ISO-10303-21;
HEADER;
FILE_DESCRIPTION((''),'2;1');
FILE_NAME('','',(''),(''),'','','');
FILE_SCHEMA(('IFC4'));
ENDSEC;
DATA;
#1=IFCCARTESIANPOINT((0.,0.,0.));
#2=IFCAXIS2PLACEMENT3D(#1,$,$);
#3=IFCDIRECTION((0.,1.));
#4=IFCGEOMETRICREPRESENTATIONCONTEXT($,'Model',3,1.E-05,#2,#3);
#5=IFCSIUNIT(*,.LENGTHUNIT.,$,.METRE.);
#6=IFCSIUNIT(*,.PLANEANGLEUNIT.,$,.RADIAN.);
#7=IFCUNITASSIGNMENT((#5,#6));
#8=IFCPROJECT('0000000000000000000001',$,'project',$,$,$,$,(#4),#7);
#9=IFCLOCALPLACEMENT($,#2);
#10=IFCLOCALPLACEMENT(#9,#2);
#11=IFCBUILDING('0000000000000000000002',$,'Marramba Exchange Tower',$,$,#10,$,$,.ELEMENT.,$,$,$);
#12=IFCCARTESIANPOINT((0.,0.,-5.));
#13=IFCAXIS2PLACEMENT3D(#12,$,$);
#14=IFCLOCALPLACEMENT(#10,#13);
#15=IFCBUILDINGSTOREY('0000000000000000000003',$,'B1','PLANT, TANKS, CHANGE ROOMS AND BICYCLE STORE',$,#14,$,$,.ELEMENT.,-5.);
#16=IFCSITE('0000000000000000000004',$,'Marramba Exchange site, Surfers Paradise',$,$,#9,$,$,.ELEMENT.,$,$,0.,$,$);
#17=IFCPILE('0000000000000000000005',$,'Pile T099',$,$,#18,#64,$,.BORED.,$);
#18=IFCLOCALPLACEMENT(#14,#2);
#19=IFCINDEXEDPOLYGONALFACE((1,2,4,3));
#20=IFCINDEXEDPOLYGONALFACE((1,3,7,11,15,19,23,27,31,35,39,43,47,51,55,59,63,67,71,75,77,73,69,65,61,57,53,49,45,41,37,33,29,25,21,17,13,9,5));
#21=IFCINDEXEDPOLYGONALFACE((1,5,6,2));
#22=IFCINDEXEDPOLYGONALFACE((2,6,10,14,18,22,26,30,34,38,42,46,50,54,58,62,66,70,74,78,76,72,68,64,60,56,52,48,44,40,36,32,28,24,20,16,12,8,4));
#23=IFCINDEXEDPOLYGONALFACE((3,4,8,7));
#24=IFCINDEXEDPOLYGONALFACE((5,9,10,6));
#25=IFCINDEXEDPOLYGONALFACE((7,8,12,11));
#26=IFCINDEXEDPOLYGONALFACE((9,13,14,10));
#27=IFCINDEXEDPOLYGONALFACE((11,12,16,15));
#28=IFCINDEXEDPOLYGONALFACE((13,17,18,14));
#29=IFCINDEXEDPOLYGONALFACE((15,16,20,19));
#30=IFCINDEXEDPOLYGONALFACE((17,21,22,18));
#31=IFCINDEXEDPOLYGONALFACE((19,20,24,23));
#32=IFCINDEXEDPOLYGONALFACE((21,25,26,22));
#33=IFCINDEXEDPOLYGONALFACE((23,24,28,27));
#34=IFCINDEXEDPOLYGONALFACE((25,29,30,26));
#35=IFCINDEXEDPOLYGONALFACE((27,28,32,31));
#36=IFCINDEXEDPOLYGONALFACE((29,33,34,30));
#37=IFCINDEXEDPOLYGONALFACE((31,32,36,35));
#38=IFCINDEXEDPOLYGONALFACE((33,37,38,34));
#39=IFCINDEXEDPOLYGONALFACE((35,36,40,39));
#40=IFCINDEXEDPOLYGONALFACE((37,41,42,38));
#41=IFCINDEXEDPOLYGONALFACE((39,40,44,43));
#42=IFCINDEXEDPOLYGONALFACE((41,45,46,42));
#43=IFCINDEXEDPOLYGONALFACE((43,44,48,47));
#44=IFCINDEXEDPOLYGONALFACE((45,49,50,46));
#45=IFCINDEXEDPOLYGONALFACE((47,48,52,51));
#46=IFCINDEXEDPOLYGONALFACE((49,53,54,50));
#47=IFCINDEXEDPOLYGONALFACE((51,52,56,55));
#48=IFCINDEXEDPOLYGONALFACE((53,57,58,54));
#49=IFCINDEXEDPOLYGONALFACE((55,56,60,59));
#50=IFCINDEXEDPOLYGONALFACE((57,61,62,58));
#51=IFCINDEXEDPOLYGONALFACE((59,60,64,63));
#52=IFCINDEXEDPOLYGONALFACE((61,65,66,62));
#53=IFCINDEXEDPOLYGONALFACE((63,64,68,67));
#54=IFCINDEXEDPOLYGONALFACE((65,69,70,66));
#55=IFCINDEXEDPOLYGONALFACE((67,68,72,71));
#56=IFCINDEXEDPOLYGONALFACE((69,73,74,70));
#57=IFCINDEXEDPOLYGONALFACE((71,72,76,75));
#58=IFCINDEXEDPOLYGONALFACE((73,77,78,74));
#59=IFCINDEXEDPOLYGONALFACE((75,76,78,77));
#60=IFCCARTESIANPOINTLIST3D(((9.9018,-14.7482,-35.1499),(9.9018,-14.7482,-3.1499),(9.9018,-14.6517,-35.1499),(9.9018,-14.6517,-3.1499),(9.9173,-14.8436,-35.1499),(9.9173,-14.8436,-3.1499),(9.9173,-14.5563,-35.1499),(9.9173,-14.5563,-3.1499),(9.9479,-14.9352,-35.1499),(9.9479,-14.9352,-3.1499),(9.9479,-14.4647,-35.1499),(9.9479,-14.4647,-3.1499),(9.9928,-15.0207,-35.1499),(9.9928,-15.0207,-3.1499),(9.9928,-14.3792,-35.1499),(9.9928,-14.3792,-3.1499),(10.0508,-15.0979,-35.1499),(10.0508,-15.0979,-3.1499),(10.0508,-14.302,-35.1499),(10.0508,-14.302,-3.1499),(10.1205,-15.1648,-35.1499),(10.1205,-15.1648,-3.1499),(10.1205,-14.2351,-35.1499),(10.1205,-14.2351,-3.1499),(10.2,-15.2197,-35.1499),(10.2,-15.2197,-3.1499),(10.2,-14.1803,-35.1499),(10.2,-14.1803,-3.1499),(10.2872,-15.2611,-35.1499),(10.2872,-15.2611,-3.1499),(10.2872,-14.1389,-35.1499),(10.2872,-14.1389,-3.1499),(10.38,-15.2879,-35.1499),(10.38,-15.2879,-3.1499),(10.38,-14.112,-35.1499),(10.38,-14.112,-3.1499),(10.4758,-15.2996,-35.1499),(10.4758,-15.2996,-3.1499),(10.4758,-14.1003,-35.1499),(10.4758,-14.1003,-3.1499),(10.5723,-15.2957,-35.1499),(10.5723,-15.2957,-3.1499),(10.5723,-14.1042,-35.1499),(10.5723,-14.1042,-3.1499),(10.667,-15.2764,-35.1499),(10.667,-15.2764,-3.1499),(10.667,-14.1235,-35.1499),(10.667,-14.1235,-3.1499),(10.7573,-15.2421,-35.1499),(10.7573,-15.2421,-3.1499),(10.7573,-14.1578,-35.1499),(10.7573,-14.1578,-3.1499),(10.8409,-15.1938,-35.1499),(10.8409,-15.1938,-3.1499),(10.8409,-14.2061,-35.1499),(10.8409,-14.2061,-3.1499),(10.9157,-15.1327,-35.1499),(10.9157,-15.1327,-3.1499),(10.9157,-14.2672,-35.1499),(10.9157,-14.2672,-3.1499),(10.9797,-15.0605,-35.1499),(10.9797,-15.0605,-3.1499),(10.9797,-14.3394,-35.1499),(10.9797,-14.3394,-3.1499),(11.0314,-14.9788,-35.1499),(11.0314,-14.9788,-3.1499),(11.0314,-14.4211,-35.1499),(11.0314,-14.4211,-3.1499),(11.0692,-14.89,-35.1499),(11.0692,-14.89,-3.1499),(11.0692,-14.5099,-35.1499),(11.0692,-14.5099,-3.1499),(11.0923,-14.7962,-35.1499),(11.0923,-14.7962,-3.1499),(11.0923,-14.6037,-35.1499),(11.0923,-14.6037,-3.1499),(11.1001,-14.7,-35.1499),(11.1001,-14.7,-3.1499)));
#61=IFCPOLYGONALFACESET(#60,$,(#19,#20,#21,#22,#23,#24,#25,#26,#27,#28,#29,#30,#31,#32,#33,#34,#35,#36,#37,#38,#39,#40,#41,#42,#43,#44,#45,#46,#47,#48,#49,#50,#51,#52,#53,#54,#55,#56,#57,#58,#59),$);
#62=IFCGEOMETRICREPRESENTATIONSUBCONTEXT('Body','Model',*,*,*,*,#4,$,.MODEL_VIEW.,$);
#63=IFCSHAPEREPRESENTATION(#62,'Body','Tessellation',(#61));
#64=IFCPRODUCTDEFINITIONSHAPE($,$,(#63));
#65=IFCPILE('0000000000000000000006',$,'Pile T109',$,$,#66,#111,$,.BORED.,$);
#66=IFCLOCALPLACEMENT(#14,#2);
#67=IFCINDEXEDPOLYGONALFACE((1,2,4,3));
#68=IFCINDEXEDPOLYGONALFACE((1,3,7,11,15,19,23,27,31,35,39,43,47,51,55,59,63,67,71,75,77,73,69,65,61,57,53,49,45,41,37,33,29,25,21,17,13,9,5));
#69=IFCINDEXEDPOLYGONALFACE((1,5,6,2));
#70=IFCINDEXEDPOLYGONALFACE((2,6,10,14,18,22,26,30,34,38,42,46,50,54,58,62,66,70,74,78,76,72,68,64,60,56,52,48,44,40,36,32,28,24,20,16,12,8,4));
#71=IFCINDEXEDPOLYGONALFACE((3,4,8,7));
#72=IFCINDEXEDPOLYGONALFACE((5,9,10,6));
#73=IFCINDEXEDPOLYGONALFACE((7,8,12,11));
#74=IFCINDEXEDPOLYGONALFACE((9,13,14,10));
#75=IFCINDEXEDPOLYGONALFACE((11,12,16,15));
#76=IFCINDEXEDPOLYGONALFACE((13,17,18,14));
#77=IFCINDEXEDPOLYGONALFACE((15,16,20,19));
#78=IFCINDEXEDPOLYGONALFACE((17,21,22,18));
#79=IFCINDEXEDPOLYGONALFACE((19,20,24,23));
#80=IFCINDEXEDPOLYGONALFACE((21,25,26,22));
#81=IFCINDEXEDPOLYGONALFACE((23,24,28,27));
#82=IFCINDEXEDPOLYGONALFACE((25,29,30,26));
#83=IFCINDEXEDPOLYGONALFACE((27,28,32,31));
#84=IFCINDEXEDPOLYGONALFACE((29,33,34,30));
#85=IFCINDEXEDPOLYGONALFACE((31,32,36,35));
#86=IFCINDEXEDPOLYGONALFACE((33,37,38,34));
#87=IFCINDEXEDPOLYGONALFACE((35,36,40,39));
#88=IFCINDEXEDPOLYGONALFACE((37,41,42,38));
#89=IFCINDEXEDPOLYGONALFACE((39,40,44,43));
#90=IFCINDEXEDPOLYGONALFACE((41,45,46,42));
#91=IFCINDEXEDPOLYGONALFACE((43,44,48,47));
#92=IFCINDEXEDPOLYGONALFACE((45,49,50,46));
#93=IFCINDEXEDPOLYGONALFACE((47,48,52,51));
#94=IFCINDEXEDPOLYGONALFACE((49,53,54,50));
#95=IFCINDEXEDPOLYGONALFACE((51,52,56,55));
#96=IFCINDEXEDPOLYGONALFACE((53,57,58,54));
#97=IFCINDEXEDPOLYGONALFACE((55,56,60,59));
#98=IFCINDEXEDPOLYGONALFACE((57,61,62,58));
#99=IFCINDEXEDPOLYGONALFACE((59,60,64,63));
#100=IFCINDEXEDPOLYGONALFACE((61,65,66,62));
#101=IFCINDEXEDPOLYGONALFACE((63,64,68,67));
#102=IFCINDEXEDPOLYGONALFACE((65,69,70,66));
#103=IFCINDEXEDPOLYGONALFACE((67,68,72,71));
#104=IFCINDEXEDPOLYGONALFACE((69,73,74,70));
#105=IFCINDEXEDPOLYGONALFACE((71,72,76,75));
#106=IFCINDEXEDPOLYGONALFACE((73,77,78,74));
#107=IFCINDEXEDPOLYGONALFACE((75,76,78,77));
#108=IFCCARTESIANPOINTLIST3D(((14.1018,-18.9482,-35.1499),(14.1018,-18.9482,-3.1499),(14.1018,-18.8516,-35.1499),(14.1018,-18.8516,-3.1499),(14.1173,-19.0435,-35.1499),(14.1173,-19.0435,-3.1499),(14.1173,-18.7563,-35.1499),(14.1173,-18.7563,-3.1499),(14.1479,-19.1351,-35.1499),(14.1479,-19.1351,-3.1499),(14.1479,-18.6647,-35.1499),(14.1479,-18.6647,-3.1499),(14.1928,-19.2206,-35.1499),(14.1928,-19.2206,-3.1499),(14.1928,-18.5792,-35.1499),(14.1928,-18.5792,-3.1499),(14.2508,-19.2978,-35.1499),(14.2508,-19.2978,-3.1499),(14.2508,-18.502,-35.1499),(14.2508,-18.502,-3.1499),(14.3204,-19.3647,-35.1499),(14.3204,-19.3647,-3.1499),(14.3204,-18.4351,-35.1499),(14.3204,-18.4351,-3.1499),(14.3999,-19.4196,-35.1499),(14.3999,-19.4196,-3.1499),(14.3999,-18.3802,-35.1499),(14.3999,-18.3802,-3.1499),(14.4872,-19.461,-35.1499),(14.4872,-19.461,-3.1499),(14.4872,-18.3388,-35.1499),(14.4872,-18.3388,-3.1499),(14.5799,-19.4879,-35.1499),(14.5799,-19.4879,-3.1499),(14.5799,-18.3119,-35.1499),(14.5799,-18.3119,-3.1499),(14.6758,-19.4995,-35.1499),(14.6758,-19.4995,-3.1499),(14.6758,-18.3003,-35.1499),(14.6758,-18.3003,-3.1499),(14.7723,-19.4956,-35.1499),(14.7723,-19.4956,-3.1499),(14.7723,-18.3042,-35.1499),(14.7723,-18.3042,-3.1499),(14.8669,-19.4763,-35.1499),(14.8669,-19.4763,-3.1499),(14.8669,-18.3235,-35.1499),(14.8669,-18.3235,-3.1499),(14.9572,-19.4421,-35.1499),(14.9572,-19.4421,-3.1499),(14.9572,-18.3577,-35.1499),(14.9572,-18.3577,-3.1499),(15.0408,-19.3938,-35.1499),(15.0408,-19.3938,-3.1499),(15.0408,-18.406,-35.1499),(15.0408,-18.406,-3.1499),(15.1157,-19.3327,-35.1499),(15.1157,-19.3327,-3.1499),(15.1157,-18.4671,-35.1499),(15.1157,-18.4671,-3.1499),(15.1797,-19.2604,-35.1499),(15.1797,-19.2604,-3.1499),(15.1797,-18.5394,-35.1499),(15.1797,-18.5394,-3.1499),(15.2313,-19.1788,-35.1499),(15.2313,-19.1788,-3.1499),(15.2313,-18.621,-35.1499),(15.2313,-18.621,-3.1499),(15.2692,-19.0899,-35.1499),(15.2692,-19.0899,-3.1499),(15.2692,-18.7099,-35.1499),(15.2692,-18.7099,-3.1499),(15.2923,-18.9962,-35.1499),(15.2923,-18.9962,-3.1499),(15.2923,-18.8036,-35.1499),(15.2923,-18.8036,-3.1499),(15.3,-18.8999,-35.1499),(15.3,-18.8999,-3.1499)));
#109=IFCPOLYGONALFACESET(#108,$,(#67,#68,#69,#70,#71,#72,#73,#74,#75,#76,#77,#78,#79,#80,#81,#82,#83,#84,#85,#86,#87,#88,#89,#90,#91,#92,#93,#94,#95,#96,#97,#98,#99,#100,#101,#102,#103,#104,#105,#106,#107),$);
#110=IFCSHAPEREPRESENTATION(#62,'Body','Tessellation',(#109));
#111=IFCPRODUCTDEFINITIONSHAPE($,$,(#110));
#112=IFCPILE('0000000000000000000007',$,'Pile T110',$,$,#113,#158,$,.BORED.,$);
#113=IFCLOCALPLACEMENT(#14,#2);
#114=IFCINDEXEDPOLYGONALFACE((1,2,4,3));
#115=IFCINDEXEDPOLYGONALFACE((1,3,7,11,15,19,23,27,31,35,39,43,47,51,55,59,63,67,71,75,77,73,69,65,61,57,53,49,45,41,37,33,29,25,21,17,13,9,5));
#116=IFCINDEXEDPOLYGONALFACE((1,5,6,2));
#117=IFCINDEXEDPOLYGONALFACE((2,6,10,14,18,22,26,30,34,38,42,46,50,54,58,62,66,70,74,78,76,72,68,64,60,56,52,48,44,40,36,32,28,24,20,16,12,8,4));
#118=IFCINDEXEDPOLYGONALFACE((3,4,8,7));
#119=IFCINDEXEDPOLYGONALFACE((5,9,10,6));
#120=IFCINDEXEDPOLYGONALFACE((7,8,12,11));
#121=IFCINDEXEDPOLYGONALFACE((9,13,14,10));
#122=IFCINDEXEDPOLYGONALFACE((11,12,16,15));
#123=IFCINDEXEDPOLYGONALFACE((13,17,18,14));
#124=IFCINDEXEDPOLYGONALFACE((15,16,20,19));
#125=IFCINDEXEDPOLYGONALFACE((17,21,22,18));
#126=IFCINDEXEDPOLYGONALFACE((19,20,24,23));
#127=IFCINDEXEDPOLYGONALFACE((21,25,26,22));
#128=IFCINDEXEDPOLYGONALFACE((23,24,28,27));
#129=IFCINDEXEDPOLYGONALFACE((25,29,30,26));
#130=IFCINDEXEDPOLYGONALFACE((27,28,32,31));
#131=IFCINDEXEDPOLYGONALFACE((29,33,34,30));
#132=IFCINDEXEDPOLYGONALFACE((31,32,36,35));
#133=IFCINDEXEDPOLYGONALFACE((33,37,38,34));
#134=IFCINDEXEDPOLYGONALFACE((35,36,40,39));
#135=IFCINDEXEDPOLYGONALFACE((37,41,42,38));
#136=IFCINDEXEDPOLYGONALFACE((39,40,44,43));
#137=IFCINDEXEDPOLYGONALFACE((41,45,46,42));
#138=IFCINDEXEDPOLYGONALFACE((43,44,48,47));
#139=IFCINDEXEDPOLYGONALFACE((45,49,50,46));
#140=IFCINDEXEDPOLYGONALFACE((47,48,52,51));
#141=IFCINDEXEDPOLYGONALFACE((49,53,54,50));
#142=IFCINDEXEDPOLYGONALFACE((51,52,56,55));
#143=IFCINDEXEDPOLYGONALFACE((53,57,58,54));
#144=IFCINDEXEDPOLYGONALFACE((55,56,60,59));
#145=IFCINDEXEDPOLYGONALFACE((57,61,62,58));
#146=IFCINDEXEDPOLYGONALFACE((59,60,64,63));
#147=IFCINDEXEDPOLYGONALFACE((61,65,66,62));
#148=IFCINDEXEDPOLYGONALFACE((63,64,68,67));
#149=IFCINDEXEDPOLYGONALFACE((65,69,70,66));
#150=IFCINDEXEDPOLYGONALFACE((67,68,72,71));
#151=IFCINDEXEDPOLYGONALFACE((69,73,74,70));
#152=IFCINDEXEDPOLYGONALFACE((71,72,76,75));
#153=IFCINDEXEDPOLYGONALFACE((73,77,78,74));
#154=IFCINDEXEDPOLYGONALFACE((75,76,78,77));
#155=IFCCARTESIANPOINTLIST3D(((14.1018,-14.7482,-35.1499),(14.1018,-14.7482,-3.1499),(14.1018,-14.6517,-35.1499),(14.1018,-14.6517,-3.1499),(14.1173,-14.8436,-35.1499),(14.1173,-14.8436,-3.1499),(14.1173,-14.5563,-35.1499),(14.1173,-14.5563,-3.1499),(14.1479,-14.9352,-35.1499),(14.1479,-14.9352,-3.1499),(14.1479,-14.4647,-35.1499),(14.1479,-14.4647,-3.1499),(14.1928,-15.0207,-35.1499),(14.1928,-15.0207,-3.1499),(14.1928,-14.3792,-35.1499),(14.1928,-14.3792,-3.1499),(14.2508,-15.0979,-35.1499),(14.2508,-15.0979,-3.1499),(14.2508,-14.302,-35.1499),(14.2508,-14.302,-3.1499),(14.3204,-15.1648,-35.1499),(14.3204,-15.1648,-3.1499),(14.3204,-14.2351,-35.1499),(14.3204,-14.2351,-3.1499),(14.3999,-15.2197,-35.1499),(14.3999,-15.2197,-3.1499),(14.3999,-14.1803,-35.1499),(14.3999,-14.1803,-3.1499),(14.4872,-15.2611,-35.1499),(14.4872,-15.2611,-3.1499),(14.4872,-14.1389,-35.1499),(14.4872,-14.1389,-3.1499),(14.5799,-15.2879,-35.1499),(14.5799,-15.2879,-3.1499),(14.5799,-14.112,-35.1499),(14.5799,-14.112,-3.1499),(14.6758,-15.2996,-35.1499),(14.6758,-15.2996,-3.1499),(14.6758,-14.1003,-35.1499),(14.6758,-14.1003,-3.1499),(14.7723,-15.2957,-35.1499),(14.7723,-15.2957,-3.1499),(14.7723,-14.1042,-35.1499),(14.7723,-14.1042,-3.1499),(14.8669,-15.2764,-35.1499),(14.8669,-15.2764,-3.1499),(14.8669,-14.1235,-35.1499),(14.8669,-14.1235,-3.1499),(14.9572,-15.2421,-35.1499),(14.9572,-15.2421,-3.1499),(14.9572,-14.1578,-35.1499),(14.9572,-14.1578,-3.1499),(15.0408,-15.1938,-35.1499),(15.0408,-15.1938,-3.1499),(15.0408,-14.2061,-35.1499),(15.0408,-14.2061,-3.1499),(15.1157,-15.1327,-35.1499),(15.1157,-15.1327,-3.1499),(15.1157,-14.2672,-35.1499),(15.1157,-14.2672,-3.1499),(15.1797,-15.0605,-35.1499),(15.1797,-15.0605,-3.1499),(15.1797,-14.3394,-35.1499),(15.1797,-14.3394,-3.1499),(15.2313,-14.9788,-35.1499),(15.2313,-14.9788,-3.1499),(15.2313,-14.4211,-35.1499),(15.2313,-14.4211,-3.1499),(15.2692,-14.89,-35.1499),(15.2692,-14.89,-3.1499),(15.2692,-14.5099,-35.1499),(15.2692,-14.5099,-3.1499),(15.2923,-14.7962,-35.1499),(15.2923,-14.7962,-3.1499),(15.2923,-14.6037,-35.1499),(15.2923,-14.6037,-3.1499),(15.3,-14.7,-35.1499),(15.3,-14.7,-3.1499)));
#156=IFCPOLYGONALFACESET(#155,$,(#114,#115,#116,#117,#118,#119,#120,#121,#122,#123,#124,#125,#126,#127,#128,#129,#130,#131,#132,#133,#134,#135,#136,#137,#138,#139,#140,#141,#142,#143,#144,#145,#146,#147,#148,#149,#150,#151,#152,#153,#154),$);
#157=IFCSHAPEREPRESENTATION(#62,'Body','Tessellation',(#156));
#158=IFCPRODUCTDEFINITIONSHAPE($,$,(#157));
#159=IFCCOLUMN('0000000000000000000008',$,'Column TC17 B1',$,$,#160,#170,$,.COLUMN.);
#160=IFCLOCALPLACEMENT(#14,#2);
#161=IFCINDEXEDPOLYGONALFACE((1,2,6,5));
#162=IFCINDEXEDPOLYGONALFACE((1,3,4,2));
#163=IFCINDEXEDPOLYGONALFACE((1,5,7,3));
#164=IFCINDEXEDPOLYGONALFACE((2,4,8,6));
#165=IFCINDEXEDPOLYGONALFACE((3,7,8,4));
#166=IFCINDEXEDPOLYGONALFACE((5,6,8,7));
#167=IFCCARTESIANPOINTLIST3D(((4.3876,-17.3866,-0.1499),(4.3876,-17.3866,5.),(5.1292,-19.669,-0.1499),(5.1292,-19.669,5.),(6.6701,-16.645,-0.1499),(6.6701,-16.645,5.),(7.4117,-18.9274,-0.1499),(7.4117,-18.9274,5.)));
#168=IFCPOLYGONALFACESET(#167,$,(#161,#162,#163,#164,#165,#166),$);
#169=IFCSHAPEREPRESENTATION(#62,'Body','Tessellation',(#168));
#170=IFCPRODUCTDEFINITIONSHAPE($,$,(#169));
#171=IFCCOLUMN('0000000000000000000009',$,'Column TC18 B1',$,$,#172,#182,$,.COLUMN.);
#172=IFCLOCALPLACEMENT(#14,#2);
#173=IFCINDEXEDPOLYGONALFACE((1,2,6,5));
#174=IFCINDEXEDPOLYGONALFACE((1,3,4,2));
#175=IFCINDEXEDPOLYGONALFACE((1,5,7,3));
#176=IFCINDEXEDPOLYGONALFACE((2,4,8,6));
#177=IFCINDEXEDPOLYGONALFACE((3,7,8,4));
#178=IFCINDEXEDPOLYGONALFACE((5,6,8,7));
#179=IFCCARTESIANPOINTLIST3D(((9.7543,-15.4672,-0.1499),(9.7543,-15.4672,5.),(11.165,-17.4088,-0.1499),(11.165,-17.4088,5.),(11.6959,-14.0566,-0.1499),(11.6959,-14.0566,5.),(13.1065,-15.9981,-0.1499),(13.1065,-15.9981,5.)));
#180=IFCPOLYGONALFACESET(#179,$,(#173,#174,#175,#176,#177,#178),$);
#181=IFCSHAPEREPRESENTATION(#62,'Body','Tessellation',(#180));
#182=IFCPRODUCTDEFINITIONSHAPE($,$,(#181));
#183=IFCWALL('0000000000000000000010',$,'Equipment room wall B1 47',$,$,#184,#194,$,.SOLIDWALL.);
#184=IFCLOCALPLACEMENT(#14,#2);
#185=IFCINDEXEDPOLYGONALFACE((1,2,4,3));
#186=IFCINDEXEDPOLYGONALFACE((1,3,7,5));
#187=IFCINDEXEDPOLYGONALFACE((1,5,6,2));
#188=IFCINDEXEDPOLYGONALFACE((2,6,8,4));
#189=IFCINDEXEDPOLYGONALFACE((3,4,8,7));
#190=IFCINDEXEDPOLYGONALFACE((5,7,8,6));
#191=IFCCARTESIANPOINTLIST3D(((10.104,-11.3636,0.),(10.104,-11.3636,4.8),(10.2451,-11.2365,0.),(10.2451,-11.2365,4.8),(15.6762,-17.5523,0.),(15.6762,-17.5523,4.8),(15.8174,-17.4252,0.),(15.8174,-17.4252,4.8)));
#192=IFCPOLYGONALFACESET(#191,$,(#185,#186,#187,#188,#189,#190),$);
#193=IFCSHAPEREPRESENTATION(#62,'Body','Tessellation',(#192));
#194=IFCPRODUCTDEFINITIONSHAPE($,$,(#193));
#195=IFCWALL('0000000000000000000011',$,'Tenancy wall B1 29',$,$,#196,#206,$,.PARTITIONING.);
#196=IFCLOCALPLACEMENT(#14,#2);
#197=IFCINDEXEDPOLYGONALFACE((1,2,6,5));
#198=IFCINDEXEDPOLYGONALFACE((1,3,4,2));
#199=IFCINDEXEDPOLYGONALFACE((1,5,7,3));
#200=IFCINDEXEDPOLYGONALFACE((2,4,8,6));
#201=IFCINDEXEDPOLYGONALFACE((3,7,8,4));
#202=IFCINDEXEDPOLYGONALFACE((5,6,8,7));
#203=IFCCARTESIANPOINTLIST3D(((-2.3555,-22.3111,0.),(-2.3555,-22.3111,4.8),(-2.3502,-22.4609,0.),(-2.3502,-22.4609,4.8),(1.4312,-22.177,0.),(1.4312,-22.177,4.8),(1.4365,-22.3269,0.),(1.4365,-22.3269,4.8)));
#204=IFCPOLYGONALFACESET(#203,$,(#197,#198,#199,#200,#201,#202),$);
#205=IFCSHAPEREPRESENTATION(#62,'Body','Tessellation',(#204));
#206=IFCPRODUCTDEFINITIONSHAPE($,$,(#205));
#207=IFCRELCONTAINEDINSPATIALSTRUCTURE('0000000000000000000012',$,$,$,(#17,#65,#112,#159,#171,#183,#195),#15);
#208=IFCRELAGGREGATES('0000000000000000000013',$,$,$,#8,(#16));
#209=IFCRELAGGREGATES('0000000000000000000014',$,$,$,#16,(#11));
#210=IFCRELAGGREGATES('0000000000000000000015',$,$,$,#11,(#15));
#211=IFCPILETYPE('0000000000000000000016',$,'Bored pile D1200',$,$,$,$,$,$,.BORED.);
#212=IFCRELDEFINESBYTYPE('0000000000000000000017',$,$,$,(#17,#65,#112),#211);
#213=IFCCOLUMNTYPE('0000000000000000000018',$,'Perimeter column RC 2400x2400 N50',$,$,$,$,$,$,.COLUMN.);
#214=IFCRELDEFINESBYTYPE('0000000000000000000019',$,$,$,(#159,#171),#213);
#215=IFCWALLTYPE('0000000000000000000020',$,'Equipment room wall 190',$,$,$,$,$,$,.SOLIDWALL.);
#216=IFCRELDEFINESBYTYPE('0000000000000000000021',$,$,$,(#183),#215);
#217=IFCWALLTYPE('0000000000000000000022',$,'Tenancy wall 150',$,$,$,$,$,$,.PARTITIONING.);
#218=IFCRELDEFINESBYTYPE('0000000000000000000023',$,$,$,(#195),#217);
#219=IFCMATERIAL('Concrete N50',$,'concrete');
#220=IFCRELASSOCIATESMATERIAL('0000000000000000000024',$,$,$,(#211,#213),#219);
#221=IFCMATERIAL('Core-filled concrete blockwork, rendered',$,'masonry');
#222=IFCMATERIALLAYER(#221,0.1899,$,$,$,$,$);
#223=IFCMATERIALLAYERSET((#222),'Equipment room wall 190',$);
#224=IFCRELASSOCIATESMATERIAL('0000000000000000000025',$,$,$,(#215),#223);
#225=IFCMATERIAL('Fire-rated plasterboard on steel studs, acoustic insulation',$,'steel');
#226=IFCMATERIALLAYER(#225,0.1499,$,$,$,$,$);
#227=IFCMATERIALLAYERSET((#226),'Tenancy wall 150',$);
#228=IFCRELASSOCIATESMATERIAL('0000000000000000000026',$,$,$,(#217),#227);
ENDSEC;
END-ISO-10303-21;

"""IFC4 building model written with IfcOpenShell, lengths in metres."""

from ifc_helpers import new_model, si_unit, direction, frame, frame_2d, origin, origin_2d, place, context, subcontext, project, spatial, rectangle, circle, extrude, material, layer, layer_set, material_profile, profile_set, type_object, element, save


model = new_model("IFC4")

# Units and contexts
model_context = context("Model", 3, precision=1e-05, world=origin(), true_north=direction((0.0, 1.0)))
body_context = subcontext(model_context, "Body", "Model", "MODEL_VIEW")
ifc_project = project(units=[si_unit("LENGTHUNIT", "METRE"), si_unit("PLANEANGLEUNIT", "RADIAN")], contexts=[model_context])

# Site, building, storey
site_placement = place(None, origin())
site = spatial("IfcSite", under=ifc_project, at=site_placement, Name="Marramba Exchange site, Surfers Paradise", CompositionType="ELEMENT", RefElevation=0.0)
building_placement = place(site_placement, origin())
building = spatial("IfcBuilding", under=site, at=building_placement, Name="Marramba Exchange Tower", CompositionType="ELEMENT")
storey_placement = place(building_placement, frame((0.0, 0.0, -5.0)))
storey = spatial("IfcBuildingStorey", under=building, at=storey_placement, Name="B1", Description="PLANT, TANKS, CHANGE ROOMS AND BICYCLE STORE", CompositionType="ELEMENT", Elevation=-5.0)

# Piles
ifc_material_1 = material(Name="Concrete N50", Category="concrete")
ifc_material_profile_1 = material_profile(ifc_material_1, circle(Radius=0.6001, at=origin_2d()), Name="BP D1200")
ifc_profile_set_1 = profile_set([ifc_material_profile_1], Name="Concrete N50")
pile_type = type_object("IfcPileType", Name="Bored pile D1200", PredefinedType="BORED", material=ifc_profile_set_1)
for number, where, z_axis, x_axis, name in (
    (1, (10.5, -14.7, -3.1499), (0.0, 0.0, -1.0), (1.0, 0.0, 0.0), "Pile T099"),
    (2, (14.7, -18.8999, -3.1499), (0.0, 0.0, -1.0), (1.0, 0.0, 0.0), "Pile T109"),
    (3, (14.7, -14.7, -3.1499), (0.0, 0.0, -1.0), (1.0, 0.0, 0.0), "Pile T110"),
):
    element("IfcPile", number, at=place(storey_placement, frame(where, z_axis=z_axis, x_axis=x_axis)), inside=storey, type_object=pile_type, Name=name, PredefinedType="BORED", context=body_context, shape_type="SweptSolid", body=[
        extrude(circle(Radius=0.6001, at=origin_2d()), origin(), (0.0, 0.0, 1.0), 32.0),
    ])

# Columns
ifc_material_profile_2 = material_profile(ifc_material_1, rectangle(XDim=2.3999, YDim=2.3999, at=origin_2d()), Name="RC 2400x2400")
ifc_profile_set_2 = profile_set([ifc_material_profile_2], Name="Concrete N50")
column_type = type_object("IfcColumnType", Name="Perimeter column RC 2400x2400 N50", PredefinedType="COLUMN", material=ifc_profile_set_2)
for number, where, z_axis, x_axis, name in (
    (4, (5.8997, -18.157, -0.1499), (0.0, 0.0, 1.0), (0.309017, -0.951057, 0.0), "Column TC17 B1"),
    (5, (11.4304, -15.7327, -0.1499), (0.0, 0.0, 1.0), (0.587785, -0.809017, 0.0), "Column TC18 B1"),
):
    element("IfcColumn", number, at=place(storey_placement, frame(where, z_axis=z_axis, x_axis=x_axis)), inside=storey, type_object=column_type, Name=name, PredefinedType="COLUMN", context=body_context, shape_type="SweptSolid", body=[
        extrude(rectangle(XDim=2.3999, YDim=2.3999, at=origin_2d()), origin(), (0.0, 0.0, 1.0), 5.1499),
    ])

# Walls
ifc_material_2 = material(Name="Core-filled concrete blockwork, rendered", Category="masonry")
ifc_layer_1 = layer(ifc_material_2, 0.1899)
ifc_layer_set_1 = layer_set([ifc_layer_1], Name="Equipment room wall 190")
wall_type_1 = type_object("IfcWallType", Name="Equipment room wall 190", PredefinedType="SOLIDWALL", material=ifc_layer_set_1)
wall_1_placement = place(storey_placement, frame((10.1746, -11.3, 0.0), z_axis=(0.0, 0.0, 1.0), x_axis=(0.669125, -0.74315, 0.0)))
element("IfcWall", 6, at=wall_1_placement, inside=storey, type_object=wall_type_1, Name="Equipment room wall B1 47", PredefinedType="SOLIDWALL", context=body_context, shape_type="SweptSolid", body=[
    extrude(rectangle(XDim=8.3276, YDim=0.1899, at=frame_2d((4.1638, 0.0))), origin(), (0.0, 0.0, 1.0), 4.8),
])
ifc_material_3 = material(Name="Fire-rated plasterboard on steel studs, acoustic insulation", Category="steel")
ifc_layer_2 = layer(ifc_material_3, 0.1499)
ifc_layer_set_2 = layer_set([ifc_layer_2], Name="Tenancy wall 150")
wall_type_2 = type_object("IfcWallType", Name="Tenancy wall 150", PredefinedType="PARTITIONING", material=ifc_layer_set_2)
wall_2_placement = place(storey_placement, frame((1.4338, -22.252, 0.0), z_axis=(0.0, 0.0, 1.0), x_axis=(-0.999374, -0.035374, 0.0)))
element("IfcWall", 7, at=wall_2_placement, inside=storey, type_object=wall_type_2, Name="Tenancy wall B1 29", PredefinedType="PARTITIONING", context=body_context, shape_type="SweptSolid", body=[
    extrude(rectangle(XDim=3.7891, YDim=0.1499, at=frame_2d((1.8945, 0.0))), origin(), (0.0, 0.0, 1.0), 4.8),
])

save(model, "model.ifc")
